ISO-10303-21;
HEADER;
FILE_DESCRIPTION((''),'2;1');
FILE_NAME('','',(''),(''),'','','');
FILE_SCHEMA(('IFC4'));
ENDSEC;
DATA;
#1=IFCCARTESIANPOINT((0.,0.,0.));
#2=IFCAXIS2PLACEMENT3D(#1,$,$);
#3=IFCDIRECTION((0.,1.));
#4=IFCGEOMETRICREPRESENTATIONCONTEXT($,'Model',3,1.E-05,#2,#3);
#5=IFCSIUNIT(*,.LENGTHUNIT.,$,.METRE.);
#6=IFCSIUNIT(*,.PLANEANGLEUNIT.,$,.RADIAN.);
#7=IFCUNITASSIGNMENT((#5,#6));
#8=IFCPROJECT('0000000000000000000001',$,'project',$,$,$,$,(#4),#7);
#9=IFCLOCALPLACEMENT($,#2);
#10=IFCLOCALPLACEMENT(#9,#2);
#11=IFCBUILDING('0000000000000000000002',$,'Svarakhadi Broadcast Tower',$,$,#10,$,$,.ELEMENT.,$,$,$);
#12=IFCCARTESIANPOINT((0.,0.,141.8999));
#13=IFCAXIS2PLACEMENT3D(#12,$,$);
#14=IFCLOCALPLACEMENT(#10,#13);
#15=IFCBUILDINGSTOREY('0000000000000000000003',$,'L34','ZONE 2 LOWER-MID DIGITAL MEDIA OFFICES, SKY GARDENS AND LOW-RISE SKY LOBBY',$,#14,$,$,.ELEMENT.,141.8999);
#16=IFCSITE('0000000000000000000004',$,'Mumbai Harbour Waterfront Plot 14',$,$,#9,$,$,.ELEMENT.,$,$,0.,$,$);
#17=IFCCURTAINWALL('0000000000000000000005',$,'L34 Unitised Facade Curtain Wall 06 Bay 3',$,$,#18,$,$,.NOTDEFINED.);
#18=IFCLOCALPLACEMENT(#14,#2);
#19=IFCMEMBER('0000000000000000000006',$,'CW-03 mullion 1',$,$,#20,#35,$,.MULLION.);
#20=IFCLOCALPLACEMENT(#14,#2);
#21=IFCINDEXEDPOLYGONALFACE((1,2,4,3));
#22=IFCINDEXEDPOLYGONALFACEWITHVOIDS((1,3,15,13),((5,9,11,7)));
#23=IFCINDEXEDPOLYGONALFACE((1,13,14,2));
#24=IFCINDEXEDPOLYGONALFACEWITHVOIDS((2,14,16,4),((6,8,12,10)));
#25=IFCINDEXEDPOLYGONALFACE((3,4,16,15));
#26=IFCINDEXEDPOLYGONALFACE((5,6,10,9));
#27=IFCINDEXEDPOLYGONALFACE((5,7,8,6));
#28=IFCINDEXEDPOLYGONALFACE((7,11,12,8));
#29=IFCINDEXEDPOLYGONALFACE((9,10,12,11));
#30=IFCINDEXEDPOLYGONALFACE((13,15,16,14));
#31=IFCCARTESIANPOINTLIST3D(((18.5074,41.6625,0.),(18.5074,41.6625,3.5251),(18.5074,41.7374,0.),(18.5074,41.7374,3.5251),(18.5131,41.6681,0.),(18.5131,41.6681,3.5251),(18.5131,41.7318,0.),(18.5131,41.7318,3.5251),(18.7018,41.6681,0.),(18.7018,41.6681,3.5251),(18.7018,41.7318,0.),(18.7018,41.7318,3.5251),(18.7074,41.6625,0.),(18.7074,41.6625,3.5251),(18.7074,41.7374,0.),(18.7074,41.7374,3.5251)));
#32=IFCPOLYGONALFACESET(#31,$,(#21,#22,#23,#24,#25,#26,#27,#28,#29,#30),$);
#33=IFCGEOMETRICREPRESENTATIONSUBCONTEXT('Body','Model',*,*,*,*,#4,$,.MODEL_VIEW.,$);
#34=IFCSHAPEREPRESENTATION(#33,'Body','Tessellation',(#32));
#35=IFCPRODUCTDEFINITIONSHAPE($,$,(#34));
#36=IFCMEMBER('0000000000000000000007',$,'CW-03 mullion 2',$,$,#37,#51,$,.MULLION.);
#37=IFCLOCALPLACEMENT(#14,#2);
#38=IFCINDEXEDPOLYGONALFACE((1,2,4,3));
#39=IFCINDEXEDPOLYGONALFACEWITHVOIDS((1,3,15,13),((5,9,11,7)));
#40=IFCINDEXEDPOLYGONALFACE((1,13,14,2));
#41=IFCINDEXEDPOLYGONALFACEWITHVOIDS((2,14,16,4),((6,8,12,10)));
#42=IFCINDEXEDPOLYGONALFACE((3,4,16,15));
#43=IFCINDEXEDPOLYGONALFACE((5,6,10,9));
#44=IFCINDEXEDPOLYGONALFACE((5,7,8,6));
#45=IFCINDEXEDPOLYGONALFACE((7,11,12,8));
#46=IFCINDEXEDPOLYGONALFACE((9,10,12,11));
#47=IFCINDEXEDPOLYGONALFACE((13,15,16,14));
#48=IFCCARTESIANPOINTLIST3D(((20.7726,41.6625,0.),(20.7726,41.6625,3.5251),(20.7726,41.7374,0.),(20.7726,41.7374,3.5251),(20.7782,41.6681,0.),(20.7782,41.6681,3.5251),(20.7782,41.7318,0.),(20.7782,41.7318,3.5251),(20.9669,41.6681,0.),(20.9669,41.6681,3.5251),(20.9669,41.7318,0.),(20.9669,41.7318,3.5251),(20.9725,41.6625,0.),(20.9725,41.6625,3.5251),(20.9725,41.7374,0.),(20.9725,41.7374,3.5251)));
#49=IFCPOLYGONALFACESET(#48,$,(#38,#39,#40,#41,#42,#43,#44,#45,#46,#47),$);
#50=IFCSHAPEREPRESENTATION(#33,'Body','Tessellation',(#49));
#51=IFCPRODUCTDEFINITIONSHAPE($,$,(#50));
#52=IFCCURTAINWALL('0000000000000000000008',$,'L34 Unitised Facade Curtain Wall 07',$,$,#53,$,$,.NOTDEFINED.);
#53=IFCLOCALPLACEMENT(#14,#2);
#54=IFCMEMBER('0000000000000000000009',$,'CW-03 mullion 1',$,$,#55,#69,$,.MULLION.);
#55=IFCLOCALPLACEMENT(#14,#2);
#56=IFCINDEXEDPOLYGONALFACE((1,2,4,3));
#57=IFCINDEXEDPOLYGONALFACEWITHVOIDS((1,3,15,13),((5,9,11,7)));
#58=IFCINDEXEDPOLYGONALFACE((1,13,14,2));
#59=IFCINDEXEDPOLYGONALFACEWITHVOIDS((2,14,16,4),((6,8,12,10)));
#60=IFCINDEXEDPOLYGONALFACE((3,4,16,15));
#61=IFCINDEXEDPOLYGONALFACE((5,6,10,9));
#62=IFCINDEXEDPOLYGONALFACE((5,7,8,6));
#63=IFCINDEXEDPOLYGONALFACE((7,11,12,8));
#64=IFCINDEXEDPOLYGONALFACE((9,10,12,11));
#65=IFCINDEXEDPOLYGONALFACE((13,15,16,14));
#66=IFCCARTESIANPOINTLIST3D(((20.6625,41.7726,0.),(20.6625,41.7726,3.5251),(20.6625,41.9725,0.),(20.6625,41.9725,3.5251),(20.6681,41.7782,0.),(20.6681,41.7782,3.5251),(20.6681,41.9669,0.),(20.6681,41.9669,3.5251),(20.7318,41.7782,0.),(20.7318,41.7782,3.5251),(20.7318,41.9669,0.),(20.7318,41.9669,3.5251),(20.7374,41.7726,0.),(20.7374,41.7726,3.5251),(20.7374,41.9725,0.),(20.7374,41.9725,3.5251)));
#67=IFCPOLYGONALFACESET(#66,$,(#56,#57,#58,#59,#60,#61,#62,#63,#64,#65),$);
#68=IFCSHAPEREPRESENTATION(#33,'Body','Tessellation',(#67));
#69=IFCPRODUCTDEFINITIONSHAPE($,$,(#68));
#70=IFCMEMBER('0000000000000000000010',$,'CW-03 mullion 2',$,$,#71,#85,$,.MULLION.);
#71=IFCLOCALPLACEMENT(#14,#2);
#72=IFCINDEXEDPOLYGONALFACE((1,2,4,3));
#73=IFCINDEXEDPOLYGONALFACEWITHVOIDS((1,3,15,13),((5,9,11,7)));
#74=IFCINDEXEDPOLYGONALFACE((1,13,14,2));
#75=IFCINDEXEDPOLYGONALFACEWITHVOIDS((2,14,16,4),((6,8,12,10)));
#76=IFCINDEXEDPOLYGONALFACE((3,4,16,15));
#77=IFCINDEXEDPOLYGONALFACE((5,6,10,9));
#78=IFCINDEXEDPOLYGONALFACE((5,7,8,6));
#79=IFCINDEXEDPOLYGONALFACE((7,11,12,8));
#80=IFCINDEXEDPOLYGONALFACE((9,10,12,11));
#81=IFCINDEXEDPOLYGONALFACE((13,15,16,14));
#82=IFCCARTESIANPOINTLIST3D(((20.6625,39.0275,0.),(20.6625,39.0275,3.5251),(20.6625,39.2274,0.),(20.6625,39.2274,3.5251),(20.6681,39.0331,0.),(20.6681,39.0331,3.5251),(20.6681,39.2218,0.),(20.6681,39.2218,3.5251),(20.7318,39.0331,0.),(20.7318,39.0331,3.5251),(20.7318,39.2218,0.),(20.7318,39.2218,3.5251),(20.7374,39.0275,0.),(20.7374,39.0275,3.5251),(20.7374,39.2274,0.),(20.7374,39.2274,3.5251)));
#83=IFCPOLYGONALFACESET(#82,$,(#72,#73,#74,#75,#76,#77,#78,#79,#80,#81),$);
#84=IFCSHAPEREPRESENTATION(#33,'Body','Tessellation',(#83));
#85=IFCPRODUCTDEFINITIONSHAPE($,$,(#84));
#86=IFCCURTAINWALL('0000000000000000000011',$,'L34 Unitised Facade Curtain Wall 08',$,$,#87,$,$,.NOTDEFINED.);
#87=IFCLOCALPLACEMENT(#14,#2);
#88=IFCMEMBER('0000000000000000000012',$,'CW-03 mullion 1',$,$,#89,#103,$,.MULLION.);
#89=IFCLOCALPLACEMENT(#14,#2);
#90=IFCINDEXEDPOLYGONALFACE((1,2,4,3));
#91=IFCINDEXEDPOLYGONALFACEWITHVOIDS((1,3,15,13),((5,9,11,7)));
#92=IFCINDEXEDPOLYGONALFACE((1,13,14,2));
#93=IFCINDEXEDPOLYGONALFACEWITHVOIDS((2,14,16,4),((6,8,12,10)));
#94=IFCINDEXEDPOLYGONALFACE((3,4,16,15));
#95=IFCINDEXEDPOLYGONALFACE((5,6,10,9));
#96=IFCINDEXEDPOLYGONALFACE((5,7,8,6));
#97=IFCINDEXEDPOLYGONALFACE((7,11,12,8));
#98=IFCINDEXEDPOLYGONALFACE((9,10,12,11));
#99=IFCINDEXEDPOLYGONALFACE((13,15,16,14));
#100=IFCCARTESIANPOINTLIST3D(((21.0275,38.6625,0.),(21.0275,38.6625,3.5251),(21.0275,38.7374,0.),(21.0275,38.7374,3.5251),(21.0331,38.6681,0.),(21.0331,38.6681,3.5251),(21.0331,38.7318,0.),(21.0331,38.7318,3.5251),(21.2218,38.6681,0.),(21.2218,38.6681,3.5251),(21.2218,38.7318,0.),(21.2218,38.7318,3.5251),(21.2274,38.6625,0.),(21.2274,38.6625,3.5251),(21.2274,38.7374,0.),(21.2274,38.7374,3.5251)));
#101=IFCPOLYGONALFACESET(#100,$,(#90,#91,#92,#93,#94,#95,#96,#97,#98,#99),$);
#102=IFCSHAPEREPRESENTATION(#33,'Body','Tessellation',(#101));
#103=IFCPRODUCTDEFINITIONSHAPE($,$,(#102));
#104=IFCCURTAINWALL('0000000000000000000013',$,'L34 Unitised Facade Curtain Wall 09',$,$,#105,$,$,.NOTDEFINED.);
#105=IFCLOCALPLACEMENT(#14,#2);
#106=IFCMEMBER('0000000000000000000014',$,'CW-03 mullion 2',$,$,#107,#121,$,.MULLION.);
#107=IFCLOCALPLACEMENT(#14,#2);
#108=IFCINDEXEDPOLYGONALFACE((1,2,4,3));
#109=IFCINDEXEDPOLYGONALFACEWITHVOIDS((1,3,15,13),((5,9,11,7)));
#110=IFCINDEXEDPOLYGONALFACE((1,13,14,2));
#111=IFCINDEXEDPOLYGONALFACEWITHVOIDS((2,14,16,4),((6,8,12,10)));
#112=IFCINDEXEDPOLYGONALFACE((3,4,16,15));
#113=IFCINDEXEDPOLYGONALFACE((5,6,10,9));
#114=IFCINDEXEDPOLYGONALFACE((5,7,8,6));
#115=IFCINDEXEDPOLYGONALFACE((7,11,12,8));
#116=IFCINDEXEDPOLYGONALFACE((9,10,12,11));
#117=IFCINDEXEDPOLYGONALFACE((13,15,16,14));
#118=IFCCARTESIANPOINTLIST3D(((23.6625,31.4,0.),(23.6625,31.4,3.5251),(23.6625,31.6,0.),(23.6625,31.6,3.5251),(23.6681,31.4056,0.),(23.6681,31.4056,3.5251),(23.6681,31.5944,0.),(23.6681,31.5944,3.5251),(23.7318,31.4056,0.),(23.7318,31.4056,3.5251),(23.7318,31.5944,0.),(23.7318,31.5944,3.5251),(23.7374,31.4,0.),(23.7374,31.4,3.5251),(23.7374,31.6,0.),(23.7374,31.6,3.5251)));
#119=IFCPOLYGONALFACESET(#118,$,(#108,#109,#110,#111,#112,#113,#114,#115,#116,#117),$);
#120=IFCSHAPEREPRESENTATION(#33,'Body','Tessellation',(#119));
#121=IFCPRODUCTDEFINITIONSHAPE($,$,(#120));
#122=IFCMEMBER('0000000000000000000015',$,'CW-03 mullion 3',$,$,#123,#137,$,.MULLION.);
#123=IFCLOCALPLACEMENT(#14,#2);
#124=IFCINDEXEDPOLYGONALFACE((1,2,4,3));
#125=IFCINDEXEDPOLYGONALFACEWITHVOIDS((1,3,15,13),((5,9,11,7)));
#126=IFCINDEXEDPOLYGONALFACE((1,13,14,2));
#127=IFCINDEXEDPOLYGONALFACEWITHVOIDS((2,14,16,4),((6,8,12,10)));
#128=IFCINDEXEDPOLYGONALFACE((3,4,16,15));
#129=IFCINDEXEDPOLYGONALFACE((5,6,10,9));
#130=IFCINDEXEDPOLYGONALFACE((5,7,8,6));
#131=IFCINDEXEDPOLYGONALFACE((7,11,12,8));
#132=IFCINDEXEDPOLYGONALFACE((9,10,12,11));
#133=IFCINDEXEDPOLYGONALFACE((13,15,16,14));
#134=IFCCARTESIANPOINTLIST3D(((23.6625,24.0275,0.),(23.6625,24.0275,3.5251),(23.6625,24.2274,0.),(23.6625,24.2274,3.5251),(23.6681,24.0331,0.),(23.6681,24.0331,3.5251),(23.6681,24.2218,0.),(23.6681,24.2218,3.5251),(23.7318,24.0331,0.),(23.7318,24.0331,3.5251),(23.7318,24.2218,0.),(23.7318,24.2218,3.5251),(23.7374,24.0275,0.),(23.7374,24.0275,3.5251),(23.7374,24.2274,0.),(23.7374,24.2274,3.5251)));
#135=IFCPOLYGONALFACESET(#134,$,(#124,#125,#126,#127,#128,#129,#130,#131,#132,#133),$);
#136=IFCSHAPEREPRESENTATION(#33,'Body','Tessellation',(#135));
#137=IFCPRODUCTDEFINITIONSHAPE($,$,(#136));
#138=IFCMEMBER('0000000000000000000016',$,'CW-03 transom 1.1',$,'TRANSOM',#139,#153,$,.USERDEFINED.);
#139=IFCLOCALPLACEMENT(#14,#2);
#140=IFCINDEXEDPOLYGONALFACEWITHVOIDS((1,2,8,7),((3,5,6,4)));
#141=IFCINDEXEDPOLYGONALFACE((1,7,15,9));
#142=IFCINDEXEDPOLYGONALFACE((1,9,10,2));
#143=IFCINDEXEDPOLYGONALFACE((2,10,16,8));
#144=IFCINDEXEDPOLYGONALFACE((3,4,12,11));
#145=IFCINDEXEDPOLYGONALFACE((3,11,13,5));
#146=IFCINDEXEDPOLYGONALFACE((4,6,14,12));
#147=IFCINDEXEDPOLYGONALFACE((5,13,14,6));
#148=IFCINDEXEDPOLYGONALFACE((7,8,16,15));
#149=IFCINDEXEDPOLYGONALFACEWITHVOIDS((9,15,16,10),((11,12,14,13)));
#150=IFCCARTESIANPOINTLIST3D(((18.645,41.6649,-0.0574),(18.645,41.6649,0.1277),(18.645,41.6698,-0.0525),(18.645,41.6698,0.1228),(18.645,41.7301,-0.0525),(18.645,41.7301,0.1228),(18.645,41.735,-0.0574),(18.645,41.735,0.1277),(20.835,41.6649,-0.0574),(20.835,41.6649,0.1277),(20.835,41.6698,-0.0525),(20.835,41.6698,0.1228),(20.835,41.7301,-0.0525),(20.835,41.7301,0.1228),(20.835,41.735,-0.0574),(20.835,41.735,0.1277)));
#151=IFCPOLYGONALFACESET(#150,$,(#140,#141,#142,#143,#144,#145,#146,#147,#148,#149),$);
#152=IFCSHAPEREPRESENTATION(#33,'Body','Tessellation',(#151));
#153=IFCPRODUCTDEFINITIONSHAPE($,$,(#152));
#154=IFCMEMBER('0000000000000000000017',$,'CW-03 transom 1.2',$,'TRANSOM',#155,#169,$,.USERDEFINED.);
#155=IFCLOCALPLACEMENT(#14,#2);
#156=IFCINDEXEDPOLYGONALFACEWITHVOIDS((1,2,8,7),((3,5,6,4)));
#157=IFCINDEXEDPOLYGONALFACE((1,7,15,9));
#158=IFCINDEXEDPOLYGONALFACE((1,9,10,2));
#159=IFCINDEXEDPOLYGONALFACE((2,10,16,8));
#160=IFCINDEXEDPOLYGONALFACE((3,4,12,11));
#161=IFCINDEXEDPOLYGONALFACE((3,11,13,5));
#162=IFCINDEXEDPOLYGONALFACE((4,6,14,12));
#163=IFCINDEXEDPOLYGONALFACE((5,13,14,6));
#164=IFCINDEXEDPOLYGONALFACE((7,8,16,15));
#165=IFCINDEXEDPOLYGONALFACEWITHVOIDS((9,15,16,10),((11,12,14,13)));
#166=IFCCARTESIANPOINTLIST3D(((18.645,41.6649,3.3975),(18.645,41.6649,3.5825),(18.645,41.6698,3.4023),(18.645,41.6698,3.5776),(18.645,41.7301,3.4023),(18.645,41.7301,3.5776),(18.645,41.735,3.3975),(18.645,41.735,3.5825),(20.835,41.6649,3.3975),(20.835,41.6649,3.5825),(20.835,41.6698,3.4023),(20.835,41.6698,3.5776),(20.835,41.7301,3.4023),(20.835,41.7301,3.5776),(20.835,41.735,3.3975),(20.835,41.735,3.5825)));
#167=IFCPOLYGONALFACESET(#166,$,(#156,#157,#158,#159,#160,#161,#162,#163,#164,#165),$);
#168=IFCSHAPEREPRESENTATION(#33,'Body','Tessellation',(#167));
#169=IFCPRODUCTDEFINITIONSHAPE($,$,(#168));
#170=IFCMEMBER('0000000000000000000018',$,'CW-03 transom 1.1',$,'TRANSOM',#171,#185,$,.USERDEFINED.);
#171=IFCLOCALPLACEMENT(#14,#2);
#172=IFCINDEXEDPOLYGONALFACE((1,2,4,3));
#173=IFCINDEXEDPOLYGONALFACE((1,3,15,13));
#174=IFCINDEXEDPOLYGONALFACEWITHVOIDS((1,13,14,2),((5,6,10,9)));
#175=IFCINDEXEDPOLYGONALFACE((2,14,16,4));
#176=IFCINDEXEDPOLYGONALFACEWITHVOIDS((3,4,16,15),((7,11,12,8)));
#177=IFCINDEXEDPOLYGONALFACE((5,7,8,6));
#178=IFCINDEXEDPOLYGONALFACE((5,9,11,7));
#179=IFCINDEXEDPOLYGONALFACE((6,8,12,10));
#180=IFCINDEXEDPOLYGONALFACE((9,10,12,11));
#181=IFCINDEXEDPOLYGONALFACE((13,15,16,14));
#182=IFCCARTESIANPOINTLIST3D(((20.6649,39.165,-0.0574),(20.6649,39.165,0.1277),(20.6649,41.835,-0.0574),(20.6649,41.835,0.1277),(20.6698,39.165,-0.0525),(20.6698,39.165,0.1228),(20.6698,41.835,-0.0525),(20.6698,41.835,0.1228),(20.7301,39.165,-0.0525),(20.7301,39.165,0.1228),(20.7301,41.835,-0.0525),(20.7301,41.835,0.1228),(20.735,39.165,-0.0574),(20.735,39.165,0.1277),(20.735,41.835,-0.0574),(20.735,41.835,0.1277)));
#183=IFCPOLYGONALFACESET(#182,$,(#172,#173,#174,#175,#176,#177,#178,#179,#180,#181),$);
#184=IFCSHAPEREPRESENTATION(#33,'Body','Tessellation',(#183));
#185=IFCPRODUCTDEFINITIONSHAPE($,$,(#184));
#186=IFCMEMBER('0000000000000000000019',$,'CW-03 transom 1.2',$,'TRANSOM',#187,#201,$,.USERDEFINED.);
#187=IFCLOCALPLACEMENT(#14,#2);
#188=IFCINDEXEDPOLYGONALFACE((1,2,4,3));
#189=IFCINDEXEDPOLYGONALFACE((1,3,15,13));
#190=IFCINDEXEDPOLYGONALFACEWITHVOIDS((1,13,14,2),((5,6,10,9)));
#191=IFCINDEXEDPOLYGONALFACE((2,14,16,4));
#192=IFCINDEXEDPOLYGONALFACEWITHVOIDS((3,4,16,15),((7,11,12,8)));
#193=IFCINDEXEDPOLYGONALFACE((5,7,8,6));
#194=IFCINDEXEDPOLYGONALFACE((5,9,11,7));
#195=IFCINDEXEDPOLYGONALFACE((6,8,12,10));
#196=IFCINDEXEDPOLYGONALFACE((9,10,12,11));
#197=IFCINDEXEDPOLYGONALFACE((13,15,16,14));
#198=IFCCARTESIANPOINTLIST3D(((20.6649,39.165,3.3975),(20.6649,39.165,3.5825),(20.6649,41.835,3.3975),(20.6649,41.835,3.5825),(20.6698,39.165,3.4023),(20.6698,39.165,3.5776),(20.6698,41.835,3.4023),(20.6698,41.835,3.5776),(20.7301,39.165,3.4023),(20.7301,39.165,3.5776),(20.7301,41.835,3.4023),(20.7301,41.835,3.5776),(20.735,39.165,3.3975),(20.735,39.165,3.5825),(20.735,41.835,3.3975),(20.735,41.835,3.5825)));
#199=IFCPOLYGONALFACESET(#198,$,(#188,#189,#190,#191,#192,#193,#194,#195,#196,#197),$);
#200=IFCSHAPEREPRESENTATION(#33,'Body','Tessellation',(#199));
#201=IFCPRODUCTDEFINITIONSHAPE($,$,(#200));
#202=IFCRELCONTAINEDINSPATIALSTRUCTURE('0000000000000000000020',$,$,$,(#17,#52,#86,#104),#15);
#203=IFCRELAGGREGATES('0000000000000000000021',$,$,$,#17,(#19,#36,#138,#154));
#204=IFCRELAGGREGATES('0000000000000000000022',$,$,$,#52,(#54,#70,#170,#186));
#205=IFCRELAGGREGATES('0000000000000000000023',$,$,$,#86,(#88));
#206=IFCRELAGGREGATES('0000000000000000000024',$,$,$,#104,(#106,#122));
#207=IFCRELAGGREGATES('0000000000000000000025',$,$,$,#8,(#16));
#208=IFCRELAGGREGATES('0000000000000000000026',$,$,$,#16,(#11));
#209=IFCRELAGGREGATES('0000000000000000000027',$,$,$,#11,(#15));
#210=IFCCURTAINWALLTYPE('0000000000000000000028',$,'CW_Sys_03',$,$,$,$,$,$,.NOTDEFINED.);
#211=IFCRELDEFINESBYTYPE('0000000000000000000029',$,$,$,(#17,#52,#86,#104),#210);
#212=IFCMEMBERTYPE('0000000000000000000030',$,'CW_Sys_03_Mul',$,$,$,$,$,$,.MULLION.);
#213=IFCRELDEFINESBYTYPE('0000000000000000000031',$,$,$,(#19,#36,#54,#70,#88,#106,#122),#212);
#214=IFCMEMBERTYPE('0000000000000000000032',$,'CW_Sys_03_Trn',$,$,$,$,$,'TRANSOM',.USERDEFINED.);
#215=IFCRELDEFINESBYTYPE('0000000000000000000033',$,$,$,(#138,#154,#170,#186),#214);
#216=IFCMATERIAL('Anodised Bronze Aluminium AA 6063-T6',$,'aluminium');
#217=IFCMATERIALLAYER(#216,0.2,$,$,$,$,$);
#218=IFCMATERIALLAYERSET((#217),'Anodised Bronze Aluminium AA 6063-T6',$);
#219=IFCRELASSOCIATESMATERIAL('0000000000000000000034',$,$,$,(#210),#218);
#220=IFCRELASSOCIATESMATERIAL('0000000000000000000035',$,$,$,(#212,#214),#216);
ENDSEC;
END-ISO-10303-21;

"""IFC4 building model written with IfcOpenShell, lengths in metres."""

from ifc_helpers import new_model, si_unit, direction, frame, origin, origin_2d, place, context, subcontext, project, spatial, hollow_rectangle, extrude, material, layer, layer_set, material_profile, profile_set, type_object, element, aggregate, save


model = new_model("IFC4")

# Units and contexts
model_context = context("Model", 3, precision=1e-05, world=origin(), true_north=direction((0.0, 1.0)))
body_context = subcontext(model_context, "Body", "Model", "MODEL_VIEW")
ifc_project = project(units=[si_unit("LENGTHUNIT", "METRE"), si_unit("PLANEANGLEUNIT", "RADIAN")], contexts=[model_context])

# Site, building, storey
site_placement = place(None, origin())
site = spatial("IfcSite", under=ifc_project, at=site_placement, Name="Mumbai Harbour Waterfront Plot 14", CompositionType="ELEMENT", RefElevation=0.0)
building_placement = place(site_placement, origin())
building = spatial("IfcBuilding", under=site, at=building_placement, Name="Svarakhadi Broadcast Tower", CompositionType="ELEMENT")
storey_placement = place(building_placement, frame((0.0, 0.0, 141.8999)))
storey = spatial("IfcBuildingStorey", under=building, at=storey_placement, Name="L34", Description="ZONE 2 LOWER-MID DIGITAL MEDIA OFFICES, SKY GARDENS AND LOW-RISE SKY LOBBY", CompositionType="ELEMENT", Elevation=141.8999)

# Curtain walls, members
ifc_material_1 = material(Name="Anodised Bronze Aluminium AA 6063-T6", Category="aluminium")
ifc_layer_1 = layer(ifc_material_1, 0.2)
ifc_layer_set_1 = layer_set([ifc_layer_1], Name="Anodised Bronze Aluminium AA 6063-T6")
curtain_wall_type = type_object("IfcCurtainWallType", Name="CW_Sys_03", PredefinedType="NOTDEFINED", material=ifc_layer_set_1)
curtain_wall_1_placement = place(storey_placement, origin())
curtain_wall_1 = element("IfcCurtainWall", 1, at=curtain_wall_1_placement, inside=storey, type_object=curtain_wall_type, Name="L34 Unitised Facade Curtain Wall 06 Bay 3", PredefinedType="NOTDEFINED")
ifc_material_profile_1 = material_profile(ifc_material_1, hollow_rectangle(XDim=0.075, YDim=0.2, WallThickness=0.0056, at=origin_2d()), Name="ALU MULLION 200x75x6")
ifc_profile_set_1 = profile_set([ifc_material_profile_1], Name="Anodised Bronze Aluminium AA 6063-T6")
member_type_1 = type_object("IfcMemberType", Name="CW_Sys_03_Mul", PredefinedType="MULLION", material=ifc_profile_set_1)
member_1_placement = place(storey_placement, frame((18.6074, 41.7, 0.0), z_axis=(0.0, 0.0, 1.0), x_axis=(0.0, 1.0, 0.0)))
member_1 = element("IfcMember", 2, at=member_1_placement, type_object=member_type_1, Name="CW-03 mullion 1", PredefinedType="MULLION", context=body_context, shape_type="SweptSolid", body=[
    extrude(hollow_rectangle(XDim=0.075, YDim=0.2, WallThickness=0.0056, at=origin_2d()), origin(), (0.0, 0.0, 1.0), 3.5251),
])
member_2_placement = place(storey_placement, frame((20.8726, 41.7, 0.0), z_axis=(0.0, 0.0, 1.0), x_axis=(0.0, 1.0, 0.0)))
member_2 = element("IfcMember", 3, at=member_2_placement, type_object=member_type_1, Name="CW-03 mullion 2", PredefinedType="MULLION", context=body_context, shape_type="SweptSolid", body=[
    extrude(hollow_rectangle(XDim=0.075, YDim=0.2, WallThickness=0.0056, at=origin_2d()), origin(), (0.0, 0.0, 1.0), 3.5251),
])
curtain_wall_2_placement = place(storey_placement, origin())
curtain_wall_2 = element("IfcCurtainWall", 4, at=curtain_wall_2_placement, inside=storey, type_object=curtain_wall_type, Name="L34 Unitised Facade Curtain Wall 07", PredefinedType="NOTDEFINED")
member_3_placement = place(storey_placement, frame((20.7, 41.8726, 0.0), z_axis=(0.0, 0.0, 1.0), x_axis=(1.0, 0.0, 0.0)))
member_3 = element("IfcMember", 5, at=member_3_placement, type_object=member_type_1, Name="CW-03 mullion 1", PredefinedType="MULLION", context=body_context, shape_type="SweptSolid", body=[
    extrude(hollow_rectangle(XDim=0.075, YDim=0.2, WallThickness=0.0056, at=origin_2d()), origin(), (0.0, 0.0, 1.0), 3.5251),
])
member_4_placement = place(storey_placement, frame((20.7, 39.1274, 0.0), z_axis=(0.0, 0.0, 1.0), x_axis=(1.0, 0.0, 0.0)))
member_4 = element("IfcMember", 6, at=member_4_placement, type_object=member_type_1, Name="CW-03 mullion 2", PredefinedType="MULLION", context=body_context, shape_type="SweptSolid", body=[
    extrude(hollow_rectangle(XDim=0.075, YDim=0.2, WallThickness=0.0056, at=origin_2d()), origin(), (0.0, 0.0, 1.0), 3.5251),
])

# Curtain wall, member
curtain_wall_3_placement = place(storey_placement, origin())
curtain_wall_3 = element("IfcCurtainWall", 7, at=curtain_wall_3_placement, inside=storey, type_object=curtain_wall_type, Name="L34 Unitised Facade Curtain Wall 08", PredefinedType="NOTDEFINED")
member_5_placement = place(storey_placement, frame((21.1274, 38.7, 0.0), z_axis=(0.0, 0.0, 1.0), x_axis=(0.0, 1.0, 0.0)))
member_5 = element("IfcMember", 8, at=member_5_placement, type_object=member_type_1, Name="CW-03 mullion 1", PredefinedType="MULLION", context=body_context, shape_type="SweptSolid", body=[
    extrude(hollow_rectangle(XDim=0.075, YDim=0.2, WallThickness=0.0056, at=origin_2d()), origin(), (0.0, 0.0, 1.0), 3.5251),
])

# Curtain wall, members
curtain_wall_4_placement = place(storey_placement, origin())
curtain_wall_4 = element("IfcCurtainWall", 9, at=curtain_wall_4_placement, inside=storey, type_object=curtain_wall_type, Name="L34 Unitised Facade Curtain Wall 09", PredefinedType="NOTDEFINED")
member_6_placement = place(storey_placement, frame((23.7, 31.5, 0.0), z_axis=(0.0, 0.0, 1.0), x_axis=(1.0, 0.0, 0.0)))
member_6 = element("IfcMember", 10, at=member_6_placement, type_object=member_type_1, Name="CW-03 mullion 2", PredefinedType="MULLION", context=body_context, shape_type="SweptSolid", body=[
    extrude(hollow_rectangle(XDim=0.075, YDim=0.2, WallThickness=0.0056, at=origin_2d()), origin(), (0.0, 0.0, 1.0), 3.5251),
])
member_7_placement = place(storey_placement, frame((23.7, 24.1274, 0.0), z_axis=(0.0, 0.0, 1.0), x_axis=(1.0, 0.0, 0.0)))
member_7 = element("IfcMember", 11, at=member_7_placement, type_object=member_type_1, Name="CW-03 mullion 3", PredefinedType="MULLION", context=body_context, shape_type="SweptSolid", body=[
    extrude(hollow_rectangle(XDim=0.075, YDim=0.2, WallThickness=0.0056, at=origin_2d()), origin(), (0.0, 0.0, 1.0), 3.5251),
])

# Members
ifc_material_profile_2 = material_profile(ifc_material_1, hollow_rectangle(XDim=0.0701, YDim=0.1851, WallThickness=0.0049, at=origin_2d()), Name="ALU TRANSOM 185x70x5")
ifc_profile_set_2 = profile_set([ifc_material_profile_2], Name="Anodised Bronze Aluminium AA 6063-T6")
member_type_2 = type_object("IfcMemberType", Name="CW_Sys_03_Trn", ElementType="TRANSOM", PredefinedType="USERDEFINED", material=ifc_profile_set_2)
member_8_placement = place(storey_placement, frame((18.645, 41.7, 0.0352), z_axis=(1.0, 0.0, 0.0), x_axis=(0.0, 1.0, 0.0)))
member_8 = element("IfcMember", 12, at=member_8_placement, type_object=member_type_2, Name="CW-03 transom 1.1", ObjectType="TRANSOM", PredefinedType="USERDEFINED", context=body_context, shape_type="SweptSolid", body=[
    extrude(hollow_rectangle(XDim=0.0701, YDim=0.1851, WallThickness=0.0049, at=origin_2d()), origin(), (0.0, 0.0, 1.0), 2.1899),
])
member_9_placement = place(storey_placement, frame((18.645, 41.7, 3.49), z_axis=(1.0, 0.0, 0.0), x_axis=(0.0, 1.0, 0.0)))
member_9 = element("IfcMember", 13, at=member_9_placement, type_object=member_type_2, Name="CW-03 transom 1.2", ObjectType="TRANSOM", PredefinedType="USERDEFINED", context=body_context, shape_type="SweptSolid", body=[
    extrude(hollow_rectangle(XDim=0.0701, YDim=0.1851, WallThickness=0.0049, at=origin_2d()), origin(), (0.0, 0.0, 1.0), 2.1899),
])
member_10_placement = place(storey_placement, frame((20.7, 41.835, 0.0352), z_axis=(0.0, -1.0, 0.0), x_axis=(1.0, 0.0, 0.0)))
member_10 = element("IfcMember", 14, at=member_10_placement, type_object=member_type_2, Name="CW-03 transom 1.1", ObjectType="TRANSOM", PredefinedType="USERDEFINED", context=body_context, shape_type="SweptSolid", body=[
    extrude(hollow_rectangle(XDim=0.0701, YDim=0.1851, WallThickness=0.0049, at=origin_2d()), origin(), (0.0, 0.0, 1.0), 2.6699),
])
member_11_placement = place(storey_placement, frame((20.7, 41.835, 3.49), z_axis=(0.0, -1.0, 0.0), x_axis=(1.0, 0.0, 0.0)))
member_11 = element("IfcMember", 15, at=member_11_placement, type_object=member_type_2, Name="CW-03 transom 1.2", ObjectType="TRANSOM", PredefinedType="USERDEFINED", context=body_context, shape_type="SweptSolid", body=[
    extrude(hollow_rectangle(XDim=0.0701, YDim=0.1851, WallThickness=0.0049, at=origin_2d()), origin(), (0.0, 0.0, 1.0), 2.6699),
])

aggregate(curtain_wall_1, [member_1, member_2, member_8, member_9])
aggregate(curtain_wall_2, [member_3, member_4, member_10, member_11])
aggregate(curtain_wall_3, [member_5])
aggregate(curtain_wall_4, [member_6, member_7])

save(model, "model.ifc")
